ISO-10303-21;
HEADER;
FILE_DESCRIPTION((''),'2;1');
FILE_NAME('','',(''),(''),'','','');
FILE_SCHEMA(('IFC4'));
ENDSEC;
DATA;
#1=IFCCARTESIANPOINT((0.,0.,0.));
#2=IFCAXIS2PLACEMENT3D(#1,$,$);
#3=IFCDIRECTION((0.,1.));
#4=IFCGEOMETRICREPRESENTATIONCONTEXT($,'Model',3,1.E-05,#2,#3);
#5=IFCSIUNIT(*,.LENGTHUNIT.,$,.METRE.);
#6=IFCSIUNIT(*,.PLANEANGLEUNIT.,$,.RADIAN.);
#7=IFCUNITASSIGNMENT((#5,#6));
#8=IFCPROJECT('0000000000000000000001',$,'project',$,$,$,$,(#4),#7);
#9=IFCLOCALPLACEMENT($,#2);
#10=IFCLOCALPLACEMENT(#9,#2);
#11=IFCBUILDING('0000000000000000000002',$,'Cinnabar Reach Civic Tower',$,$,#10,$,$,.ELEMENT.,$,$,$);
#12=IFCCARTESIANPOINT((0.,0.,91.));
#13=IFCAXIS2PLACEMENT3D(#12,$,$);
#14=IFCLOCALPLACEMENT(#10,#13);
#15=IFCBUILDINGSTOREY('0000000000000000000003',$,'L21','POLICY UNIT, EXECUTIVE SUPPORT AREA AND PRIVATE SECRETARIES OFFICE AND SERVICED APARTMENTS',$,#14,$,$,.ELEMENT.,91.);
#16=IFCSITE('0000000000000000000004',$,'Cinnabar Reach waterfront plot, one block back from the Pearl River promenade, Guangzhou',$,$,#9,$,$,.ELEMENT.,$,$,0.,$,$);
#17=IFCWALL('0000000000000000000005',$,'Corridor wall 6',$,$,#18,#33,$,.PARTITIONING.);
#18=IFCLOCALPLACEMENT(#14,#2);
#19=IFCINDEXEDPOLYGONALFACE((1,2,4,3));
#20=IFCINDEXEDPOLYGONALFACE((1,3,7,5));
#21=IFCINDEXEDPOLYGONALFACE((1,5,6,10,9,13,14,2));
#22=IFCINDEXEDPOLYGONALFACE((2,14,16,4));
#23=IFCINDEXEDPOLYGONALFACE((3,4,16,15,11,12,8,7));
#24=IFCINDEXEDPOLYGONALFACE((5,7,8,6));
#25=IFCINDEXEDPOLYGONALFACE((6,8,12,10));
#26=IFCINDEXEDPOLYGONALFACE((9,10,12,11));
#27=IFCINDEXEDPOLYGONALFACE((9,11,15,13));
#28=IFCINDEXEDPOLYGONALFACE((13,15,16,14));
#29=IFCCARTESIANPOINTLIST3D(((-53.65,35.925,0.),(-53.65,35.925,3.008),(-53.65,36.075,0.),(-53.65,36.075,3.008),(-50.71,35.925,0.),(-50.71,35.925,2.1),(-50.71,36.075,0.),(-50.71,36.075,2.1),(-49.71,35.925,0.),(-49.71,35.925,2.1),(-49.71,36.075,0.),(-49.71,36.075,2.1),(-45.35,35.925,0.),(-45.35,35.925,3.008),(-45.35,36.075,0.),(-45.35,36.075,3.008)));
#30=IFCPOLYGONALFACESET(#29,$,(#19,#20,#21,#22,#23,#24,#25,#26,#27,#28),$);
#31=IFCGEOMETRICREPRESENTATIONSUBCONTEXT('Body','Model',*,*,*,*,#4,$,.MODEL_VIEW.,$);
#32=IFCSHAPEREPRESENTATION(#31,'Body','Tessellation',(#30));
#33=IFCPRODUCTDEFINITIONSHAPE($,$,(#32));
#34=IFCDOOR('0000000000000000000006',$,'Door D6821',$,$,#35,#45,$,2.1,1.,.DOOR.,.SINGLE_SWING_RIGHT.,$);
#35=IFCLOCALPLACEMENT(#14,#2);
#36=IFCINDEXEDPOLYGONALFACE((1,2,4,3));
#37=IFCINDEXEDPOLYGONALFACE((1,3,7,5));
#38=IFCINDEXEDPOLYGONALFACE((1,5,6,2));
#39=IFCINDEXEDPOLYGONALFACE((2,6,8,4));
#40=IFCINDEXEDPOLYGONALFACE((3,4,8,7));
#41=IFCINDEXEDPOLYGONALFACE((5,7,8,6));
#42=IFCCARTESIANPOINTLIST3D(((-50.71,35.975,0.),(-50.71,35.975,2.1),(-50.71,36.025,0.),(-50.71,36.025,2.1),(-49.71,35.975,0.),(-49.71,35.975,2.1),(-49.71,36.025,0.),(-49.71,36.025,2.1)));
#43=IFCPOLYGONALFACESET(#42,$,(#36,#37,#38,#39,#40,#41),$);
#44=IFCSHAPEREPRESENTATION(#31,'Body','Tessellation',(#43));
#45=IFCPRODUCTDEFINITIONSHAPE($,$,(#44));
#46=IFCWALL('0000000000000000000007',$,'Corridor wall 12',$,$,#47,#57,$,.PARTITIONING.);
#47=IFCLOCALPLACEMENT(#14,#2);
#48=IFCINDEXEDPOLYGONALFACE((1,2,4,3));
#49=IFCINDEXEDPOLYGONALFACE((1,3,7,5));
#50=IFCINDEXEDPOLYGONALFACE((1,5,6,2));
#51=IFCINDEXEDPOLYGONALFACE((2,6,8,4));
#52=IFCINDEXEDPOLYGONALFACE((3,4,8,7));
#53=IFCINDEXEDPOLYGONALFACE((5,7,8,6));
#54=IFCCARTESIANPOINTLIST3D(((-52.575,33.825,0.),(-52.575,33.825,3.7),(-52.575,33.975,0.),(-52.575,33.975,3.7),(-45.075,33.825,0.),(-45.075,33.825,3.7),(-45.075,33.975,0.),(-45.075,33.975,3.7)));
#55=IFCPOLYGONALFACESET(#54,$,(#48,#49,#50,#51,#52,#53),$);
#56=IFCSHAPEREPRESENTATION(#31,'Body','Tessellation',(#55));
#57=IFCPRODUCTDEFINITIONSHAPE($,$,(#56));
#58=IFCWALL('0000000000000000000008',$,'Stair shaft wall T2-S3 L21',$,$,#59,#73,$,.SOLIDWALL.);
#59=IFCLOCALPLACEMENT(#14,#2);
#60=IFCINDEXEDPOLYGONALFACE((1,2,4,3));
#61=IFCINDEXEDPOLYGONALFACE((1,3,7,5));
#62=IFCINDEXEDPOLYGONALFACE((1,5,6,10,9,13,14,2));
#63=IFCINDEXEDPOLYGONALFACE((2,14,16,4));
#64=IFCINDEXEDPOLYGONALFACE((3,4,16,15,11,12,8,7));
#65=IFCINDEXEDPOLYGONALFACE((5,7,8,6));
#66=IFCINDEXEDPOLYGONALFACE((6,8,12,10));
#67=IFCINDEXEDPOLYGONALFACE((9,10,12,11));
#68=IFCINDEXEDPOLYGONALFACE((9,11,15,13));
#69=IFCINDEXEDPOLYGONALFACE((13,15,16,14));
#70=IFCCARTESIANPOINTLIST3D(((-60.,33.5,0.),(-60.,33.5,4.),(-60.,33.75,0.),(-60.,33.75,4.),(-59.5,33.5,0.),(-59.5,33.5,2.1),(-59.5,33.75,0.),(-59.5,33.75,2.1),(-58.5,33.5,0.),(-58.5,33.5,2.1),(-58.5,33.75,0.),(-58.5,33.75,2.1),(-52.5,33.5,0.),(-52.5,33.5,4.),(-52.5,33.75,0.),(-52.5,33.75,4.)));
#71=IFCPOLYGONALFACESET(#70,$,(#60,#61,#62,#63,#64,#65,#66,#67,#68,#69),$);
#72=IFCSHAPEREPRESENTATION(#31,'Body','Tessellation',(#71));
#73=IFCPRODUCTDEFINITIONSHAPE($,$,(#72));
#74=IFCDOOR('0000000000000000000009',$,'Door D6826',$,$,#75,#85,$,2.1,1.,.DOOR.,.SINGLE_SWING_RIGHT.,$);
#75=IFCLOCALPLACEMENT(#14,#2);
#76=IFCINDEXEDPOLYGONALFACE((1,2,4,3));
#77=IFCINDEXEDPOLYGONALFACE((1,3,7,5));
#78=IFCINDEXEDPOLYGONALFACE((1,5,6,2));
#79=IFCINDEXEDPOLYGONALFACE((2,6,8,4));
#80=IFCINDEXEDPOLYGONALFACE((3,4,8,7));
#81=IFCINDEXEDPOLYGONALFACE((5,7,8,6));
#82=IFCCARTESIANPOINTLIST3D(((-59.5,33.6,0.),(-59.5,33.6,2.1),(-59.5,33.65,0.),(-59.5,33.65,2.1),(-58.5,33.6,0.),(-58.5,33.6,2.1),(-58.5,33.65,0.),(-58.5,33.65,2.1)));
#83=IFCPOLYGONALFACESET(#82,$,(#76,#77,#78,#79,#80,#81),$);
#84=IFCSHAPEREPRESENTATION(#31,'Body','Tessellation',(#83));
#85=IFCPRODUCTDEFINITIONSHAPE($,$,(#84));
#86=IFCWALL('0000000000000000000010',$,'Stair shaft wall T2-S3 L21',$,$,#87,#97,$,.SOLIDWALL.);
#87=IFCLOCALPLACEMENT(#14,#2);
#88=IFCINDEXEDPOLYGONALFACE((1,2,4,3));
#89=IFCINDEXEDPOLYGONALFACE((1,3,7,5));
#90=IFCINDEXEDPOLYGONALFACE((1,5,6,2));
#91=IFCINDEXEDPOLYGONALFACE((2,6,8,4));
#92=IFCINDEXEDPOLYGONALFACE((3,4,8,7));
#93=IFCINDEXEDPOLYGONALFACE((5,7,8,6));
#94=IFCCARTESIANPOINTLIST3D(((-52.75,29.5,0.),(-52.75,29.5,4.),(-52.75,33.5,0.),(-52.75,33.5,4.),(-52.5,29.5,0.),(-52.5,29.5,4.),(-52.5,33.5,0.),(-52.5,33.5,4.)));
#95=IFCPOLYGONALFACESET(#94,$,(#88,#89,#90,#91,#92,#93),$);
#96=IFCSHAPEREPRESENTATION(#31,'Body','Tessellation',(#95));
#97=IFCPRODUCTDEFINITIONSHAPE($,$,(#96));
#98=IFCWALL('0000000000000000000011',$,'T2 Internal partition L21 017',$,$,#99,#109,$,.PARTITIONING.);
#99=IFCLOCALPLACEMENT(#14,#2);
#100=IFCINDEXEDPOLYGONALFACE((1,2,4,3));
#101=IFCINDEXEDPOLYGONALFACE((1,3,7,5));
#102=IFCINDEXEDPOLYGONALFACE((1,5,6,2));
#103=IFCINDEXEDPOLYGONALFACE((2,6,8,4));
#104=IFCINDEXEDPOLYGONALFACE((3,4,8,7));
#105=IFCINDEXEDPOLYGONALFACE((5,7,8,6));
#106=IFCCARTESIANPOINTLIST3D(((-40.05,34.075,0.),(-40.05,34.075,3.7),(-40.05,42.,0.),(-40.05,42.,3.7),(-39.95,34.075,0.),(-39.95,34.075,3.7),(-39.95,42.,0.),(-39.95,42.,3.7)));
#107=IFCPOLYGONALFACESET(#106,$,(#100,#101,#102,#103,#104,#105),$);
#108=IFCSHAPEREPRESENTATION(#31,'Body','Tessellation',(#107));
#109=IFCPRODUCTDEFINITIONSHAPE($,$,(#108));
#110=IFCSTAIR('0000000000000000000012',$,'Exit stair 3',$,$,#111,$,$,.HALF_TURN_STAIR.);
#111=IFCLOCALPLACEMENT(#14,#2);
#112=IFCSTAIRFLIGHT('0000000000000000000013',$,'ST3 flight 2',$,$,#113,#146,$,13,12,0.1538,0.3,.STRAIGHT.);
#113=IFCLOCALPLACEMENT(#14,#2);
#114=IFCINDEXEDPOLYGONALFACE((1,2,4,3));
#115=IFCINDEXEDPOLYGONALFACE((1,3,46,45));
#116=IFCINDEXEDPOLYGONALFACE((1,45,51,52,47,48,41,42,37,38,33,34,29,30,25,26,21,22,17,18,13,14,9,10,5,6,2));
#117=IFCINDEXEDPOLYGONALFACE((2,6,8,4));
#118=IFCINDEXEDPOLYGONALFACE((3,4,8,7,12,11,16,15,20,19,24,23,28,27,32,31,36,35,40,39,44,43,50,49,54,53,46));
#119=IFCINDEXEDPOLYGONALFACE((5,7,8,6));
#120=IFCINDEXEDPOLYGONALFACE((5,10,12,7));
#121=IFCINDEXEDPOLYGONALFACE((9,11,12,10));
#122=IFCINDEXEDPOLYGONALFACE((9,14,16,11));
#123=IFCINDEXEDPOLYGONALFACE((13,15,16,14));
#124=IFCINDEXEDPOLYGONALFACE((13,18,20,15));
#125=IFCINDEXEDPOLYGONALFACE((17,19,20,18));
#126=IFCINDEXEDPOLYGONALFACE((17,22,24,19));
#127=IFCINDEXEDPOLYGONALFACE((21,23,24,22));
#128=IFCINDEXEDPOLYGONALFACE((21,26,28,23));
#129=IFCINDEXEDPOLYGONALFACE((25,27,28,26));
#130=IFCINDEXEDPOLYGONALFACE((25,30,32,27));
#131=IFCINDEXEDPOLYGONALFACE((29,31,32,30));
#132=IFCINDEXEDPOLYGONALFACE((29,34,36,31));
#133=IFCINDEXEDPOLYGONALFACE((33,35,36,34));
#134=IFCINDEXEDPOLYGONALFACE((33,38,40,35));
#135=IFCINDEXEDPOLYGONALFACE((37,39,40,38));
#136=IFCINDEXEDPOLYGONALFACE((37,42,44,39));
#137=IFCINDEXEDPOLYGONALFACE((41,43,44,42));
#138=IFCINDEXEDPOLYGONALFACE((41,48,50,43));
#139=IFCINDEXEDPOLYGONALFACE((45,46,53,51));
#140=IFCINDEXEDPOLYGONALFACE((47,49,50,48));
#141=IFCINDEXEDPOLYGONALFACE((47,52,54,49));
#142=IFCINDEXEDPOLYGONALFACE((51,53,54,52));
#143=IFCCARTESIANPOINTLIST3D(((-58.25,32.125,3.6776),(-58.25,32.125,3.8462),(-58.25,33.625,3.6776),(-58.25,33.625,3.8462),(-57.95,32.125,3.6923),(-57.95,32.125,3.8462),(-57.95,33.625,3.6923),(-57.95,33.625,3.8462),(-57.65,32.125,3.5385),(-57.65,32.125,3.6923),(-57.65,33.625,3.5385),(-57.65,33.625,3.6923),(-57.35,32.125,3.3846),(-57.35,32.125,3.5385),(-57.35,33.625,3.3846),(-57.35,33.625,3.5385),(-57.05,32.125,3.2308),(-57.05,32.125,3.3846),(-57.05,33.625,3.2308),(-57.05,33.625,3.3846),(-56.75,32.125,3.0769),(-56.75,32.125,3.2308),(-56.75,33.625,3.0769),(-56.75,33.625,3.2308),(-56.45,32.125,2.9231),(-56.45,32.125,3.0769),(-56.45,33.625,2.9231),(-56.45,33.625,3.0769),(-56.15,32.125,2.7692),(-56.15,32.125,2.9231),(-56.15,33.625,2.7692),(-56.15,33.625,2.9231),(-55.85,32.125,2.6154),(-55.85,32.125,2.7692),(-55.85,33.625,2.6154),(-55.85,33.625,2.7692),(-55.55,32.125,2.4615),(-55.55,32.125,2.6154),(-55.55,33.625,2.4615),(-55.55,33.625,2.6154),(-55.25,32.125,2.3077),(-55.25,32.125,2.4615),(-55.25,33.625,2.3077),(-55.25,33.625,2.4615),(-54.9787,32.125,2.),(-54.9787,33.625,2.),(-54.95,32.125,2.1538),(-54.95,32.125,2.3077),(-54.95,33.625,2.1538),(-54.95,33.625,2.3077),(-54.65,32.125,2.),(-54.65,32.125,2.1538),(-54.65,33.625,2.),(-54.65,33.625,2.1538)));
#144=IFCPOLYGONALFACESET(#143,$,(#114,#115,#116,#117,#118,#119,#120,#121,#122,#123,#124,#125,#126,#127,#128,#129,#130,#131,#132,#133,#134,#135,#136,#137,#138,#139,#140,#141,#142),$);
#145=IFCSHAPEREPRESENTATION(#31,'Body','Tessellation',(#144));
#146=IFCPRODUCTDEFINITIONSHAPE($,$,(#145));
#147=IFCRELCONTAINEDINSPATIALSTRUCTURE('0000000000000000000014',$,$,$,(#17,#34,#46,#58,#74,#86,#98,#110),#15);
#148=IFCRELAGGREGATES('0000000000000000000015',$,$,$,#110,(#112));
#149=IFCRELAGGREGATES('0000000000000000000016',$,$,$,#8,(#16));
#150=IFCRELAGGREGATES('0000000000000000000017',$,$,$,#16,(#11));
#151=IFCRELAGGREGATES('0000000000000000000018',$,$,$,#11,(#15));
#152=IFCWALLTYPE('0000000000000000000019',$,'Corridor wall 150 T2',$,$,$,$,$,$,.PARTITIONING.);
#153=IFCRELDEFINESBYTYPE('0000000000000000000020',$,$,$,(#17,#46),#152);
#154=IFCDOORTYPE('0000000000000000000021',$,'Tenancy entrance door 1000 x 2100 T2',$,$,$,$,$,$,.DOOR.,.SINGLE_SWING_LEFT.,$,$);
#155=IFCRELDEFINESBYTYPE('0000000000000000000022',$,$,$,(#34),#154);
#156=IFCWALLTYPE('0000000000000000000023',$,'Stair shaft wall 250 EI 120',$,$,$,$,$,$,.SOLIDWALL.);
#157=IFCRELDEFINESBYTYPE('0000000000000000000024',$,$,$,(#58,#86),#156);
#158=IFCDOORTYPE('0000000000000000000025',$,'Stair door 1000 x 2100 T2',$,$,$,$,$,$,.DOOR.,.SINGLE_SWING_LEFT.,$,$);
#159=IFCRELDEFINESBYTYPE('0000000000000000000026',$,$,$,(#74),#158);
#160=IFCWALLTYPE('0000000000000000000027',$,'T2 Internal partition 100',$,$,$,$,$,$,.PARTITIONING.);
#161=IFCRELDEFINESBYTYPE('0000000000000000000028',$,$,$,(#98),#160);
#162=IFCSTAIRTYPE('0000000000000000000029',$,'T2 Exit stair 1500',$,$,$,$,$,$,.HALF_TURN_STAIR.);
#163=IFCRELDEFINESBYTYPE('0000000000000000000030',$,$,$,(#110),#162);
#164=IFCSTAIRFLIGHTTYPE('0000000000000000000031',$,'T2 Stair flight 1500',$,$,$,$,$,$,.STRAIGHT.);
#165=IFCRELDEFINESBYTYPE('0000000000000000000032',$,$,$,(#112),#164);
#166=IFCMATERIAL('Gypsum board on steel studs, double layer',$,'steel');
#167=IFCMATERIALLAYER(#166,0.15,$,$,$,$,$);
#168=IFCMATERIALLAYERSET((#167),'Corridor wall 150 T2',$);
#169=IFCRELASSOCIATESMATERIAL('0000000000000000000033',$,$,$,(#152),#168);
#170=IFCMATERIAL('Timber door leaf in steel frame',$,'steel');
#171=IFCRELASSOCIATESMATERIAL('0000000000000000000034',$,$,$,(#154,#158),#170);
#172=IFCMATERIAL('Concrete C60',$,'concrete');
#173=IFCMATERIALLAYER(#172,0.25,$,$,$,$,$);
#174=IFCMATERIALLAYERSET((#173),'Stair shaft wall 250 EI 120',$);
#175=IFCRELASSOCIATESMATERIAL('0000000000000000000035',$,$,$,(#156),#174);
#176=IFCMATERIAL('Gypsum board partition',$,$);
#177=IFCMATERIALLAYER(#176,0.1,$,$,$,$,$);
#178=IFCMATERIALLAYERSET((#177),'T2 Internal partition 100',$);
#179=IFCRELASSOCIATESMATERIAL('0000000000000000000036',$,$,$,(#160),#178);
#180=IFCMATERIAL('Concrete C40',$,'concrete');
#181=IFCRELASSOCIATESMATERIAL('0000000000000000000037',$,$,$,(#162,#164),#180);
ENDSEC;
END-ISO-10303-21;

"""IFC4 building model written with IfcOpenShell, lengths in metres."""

from ifc_helpers import new_model, si_unit, direction, frame, frame_2d, origin, place, context, subcontext, project, spatial, polyline, rectangle, outline, extrude, material, layer, layer_set, type_object, element, fill, aggregate, save


model = new_model("IFC4")

# Units and contexts
model_context = context("Model", 3, precision=1e-05, world=origin(), true_north=direction((0.0, 1.0)))
body_context = subcontext(model_context, "Body", "Model", "MODEL_VIEW")
ifc_project = project(units=[si_unit("LENGTHUNIT", "METRE"), si_unit("PLANEANGLEUNIT", "RADIAN")], contexts=[model_context])

# Site, building, storey
site_placement = place(None, origin())
site = spatial("IfcSite", under=ifc_project, at=site_placement, Name="Cinnabar Reach waterfront plot, one block back from the Pearl River promenade, Guangzhou", CompositionType="ELEMENT", RefElevation=0.0)
building_placement = place(site_placement, origin())
building = spatial("IfcBuilding", under=site, at=building_placement, Name="Cinnabar Reach Civic Tower", CompositionType="ELEMENT")
storey_placement = place(building_placement, frame((0.0, 0.0, 91.0)))
storey = spatial("IfcBuildingStorey", under=building, at=storey_placement, Name="L21", Description="POLICY UNIT, EXECUTIVE SUPPORT AREA AND PRIVATE SECRETARIES OFFICE AND SERVICED APARTMENTS", CompositionType="ELEMENT", Elevation=91.0)

# Shared definitions
ifc_material_1 = material(Name="Concrete C60", Category="concrete")

# Wall, opening, door
ifc_material_2 = material(Name="Gypsum board on steel studs, double layer", Category="steel")
ifc_layer_1 = layer(ifc_material_2, 0.15)
ifc_layer_set_1 = layer_set([ifc_layer_1], Name="Corridor wall 150 T2")
wall_type_1 = type_object("IfcWallType", Name="Corridor wall 150 T2", PredefinedType="PARTITIONING", material=ifc_layer_set_1)
ifc_material_3 = material(Name="Timber door leaf in steel frame", Category="steel")
wall_1_placement = place(storey_placement, frame((-53.65, 36.0, 0.0), z_axis=(0.0, 0.0, 1.0), x_axis=(1.0, 0.0, 0.0)))
wall_1 = element("IfcWall", 1, at=wall_1_placement, inside=storey, type_object=wall_type_1, Name="Corridor wall 6", PredefinedType="PARTITIONING", context=body_context, shape_type="SweptSolid", body=[
    extrude(rectangle(XDim=8.3, YDim=0.15, at=frame_2d((4.15, 0.0))), origin(), (0.0, 0.0, 1.0), 3.008),
])
opening_1_placement = place(wall_1_placement, frame((2.94, 0.0, 0.0)))
opening_1 = element("IfcOpeningElement", 2, at=opening_1_placement, cuts=wall_1, PredefinedType="OPENING", context=body_context, shape_type="SweptSolid", body=[
    extrude(rectangle(XDim=1.0, YDim=2.1, at=frame_2d((0.5, 1.05))), frame((0.0, 0.085, 0.0), z_axis=(0.0, -1.0, 0.0), x_axis=(1.0, 0.0, 0.0)), (0.0, 0.0, 1.0), 0.17),
])
door_type_1 = type_object("IfcDoorType", Name="Tenancy entrance door 1000 x 2100 T2", OperationType="SINGLE_SWING_LEFT", PredefinedType="DOOR", material=ifc_material_3)
door_1_placement = place(opening_1_placement, origin())
door_1 = element("IfcDoor", 3, at=door_1_placement, inside=storey, type_object=door_type_1, Name="Door D6821", OperationType="SINGLE_SWING_RIGHT", OverallHeight=2.1, OverallWidth=1.0, PredefinedType="DOOR", context=body_context, shape_type="SweptSolid", body=[
    extrude(rectangle(XDim=1.0, YDim=2.1, at=frame_2d((0.5, 1.05))), frame((0.0, 0.025, 0.0), z_axis=(0.0, -1.0, 0.0), x_axis=(1.0, 0.0, 0.0)), (0.0, 0.0, 1.0), 0.05),
])
fill(opening_1, door_1)

# Wall
wall_2_placement = place(storey_placement, frame((-52.575, 33.9, 0.0), z_axis=(0.0, 0.0, 1.0), x_axis=(1.0, 0.0, 0.0)))
element("IfcWall", 4, at=wall_2_placement, inside=storey, type_object=wall_type_1, Name="Corridor wall 12", PredefinedType="PARTITIONING", context=body_context, shape_type="SweptSolid", body=[
    extrude(rectangle(XDim=7.5, YDim=0.15, at=frame_2d((3.75, 0.0))), origin(), (0.0, 0.0, 1.0), 3.7),
])

# Wall, opening, door
ifc_layer_2 = layer(ifc_material_1, 0.25)
ifc_layer_set_2 = layer_set([ifc_layer_2], Name="Stair shaft wall 250 EI 120")
wall_type_2 = type_object("IfcWallType", Name="Stair shaft wall 250 EI 120", PredefinedType="SOLIDWALL", material=ifc_layer_set_2)
wall_3_placement = place(storey_placement, frame((-52.5, 33.625, 0.0), z_axis=(0.0, 0.0, 1.0), x_axis=(-1.0, 0.0, 0.0)))
wall_3 = element("IfcWall", 5, at=wall_3_placement, inside=storey, type_object=wall_type_2, Name="Stair shaft wall T2-S3 L21", PredefinedType="SOLIDWALL", context=body_context, shape_type="SweptSolid", body=[
    extrude(rectangle(XDim=7.5, YDim=0.25, at=frame_2d((3.75, 0.0))), origin(), (0.0, 0.0, 1.0), 4.0),
])
opening_2_placement = place(wall_3_placement, frame((6.0, 0.0, 0.0)))
opening_2 = element("IfcOpeningElement", 6, at=opening_2_placement, cuts=wall_3, PredefinedType="OPENING", context=body_context, shape_type="SweptSolid", body=[
    extrude(rectangle(XDim=1.0, YDim=2.1, at=frame_2d((0.5, 1.05))), frame((0.0, 0.135, 0.0), z_axis=(0.0, -1.0, 0.0), x_axis=(1.0, 0.0, 0.0)), (0.0, 0.0, 1.0), 0.27),
])
door_type_2 = type_object("IfcDoorType", Name="Stair door 1000 x 2100 T2", OperationType="SINGLE_SWING_LEFT", PredefinedType="DOOR", material=ifc_material_3)
door_2_placement = place(opening_2_placement, origin())
door_2 = element("IfcDoor", 7, at=door_2_placement, inside=storey, type_object=door_type_2, Name="Door D6826", OperationType="SINGLE_SWING_RIGHT", OverallHeight=2.1, OverallWidth=1.0, PredefinedType="DOOR", context=body_context, shape_type="SweptSolid", body=[
    extrude(rectangle(XDim=1.0, YDim=2.1, at=frame_2d((0.5, 1.05))), frame((0.0, 0.025, 0.0), z_axis=(0.0, -1.0, 0.0), x_axis=(1.0, 0.0, 0.0)), (0.0, 0.0, 1.0), 0.05),
])
fill(opening_2, door_2)

# Walls
wall_4_placement = place(storey_placement, frame((-52.625, 29.5, 0.0), z_axis=(0.0, 0.0, 1.0), x_axis=(0.0, 1.0, 0.0)))
element("IfcWall", 8, at=wall_4_placement, inside=storey, type_object=wall_type_2, Name="Stair shaft wall T2-S3 L21", PredefinedType="SOLIDWALL", context=body_context, shape_type="SweptSolid", body=[
    extrude(rectangle(XDim=4.0, YDim=0.25, at=frame_2d((2.0, 0.0))), origin(), (0.0, 0.0, 1.0), 4.0),
])
ifc_material_4 = material(Name="Gypsum board partition")
ifc_layer_3 = layer(ifc_material_4, 0.1)
ifc_layer_set_3 = layer_set([ifc_layer_3], Name="T2 Internal partition 100")
wall_type_3 = type_object("IfcWallType", Name="T2 Internal partition 100", PredefinedType="PARTITIONING", material=ifc_layer_set_3)
wall_5_placement = place(storey_placement, frame((-40.0, 34.075, 0.0), z_axis=(0.0, 0.0, 1.0), x_axis=(0.0, 1.0, 0.0)))
element("IfcWall", 9, at=wall_5_placement, inside=storey, type_object=wall_type_3, Name="T2 Internal partition L21 017", PredefinedType="PARTITIONING", context=body_context, shape_type="SweptSolid", body=[
    extrude(rectangle(XDim=7.925, YDim=0.1, at=frame_2d((3.9625, 0.0))), origin(), (0.0, 0.0, 1.0), 3.7),
])

# Stair, stair flight
ifc_material_5 = material(Name="Concrete C40", Category="concrete")
stair_type = type_object("IfcStairType", Name="T2 Exit stair 1500", PredefinedType="HALF_TURN_STAIR", material=ifc_material_5)
stair_placement = place(storey_placement, origin())
stair = element("IfcStair", 10, at=stair_placement, inside=storey, type_object=stair_type, Name="Exit stair 3", PredefinedType="HALF_TURN_STAIR")
stair_flight_type = type_object("IfcStairFlightType", Name="T2 Stair flight 1500", PredefinedType="STRAIGHT", material=ifc_material_5)
stair_flight_placement = place(storey_placement, frame((-54.65, 32.875, 2.0), z_axis=(0.0, 0.0, 1.0), x_axis=(-1.0, 0.0, 0.0)))
stair_flight = element("IfcStairFlight", 11, at=stair_flight_placement, type_object=stair_flight_type, Name="ST3 flight 2", NumberOfRisers=13, NumberOfTreads=12, PredefinedType="STRAIGHT", RiserHeight=0.1538, TreadLength=0.3, context=body_context, shape_type="SweptSolid", body=[
    extrude(outline(polyline([(0.0, 0.0), (0.0, 0.1538), (0.3, 0.1538), (0.3, 0.3077), (0.6, 0.3077), (0.6, 0.4615), (0.9, 0.4615), (0.9, 0.6154), (1.2, 0.6154), (1.2, 0.7692), (1.5, 0.7692), (1.5, 0.9231), (1.8, 0.9231), (1.8, 1.0769), (2.1, 1.0769), (2.1, 1.2308), (2.4, 1.2308), (2.4, 1.3846), (2.7, 1.3846), (2.7, 1.5385), (3.0, 1.5385), (3.0, 1.6923), (3.3, 1.6923), (3.3, 1.8462), (3.6, 1.8462), (3.6, 2.0), (3.6, 1.6776), (0.3287, 0.0), (0.0, 0.0)])), frame((0.0, 0.75, 0.0), z_axis=(0.0, -1.0, 0.0), x_axis=(1.0, 0.0, 0.0)), (0.0, 0.0, 1.0), 1.5),
])
aggregate(stair, [stair_flight])

save(model, "model.ifc")
